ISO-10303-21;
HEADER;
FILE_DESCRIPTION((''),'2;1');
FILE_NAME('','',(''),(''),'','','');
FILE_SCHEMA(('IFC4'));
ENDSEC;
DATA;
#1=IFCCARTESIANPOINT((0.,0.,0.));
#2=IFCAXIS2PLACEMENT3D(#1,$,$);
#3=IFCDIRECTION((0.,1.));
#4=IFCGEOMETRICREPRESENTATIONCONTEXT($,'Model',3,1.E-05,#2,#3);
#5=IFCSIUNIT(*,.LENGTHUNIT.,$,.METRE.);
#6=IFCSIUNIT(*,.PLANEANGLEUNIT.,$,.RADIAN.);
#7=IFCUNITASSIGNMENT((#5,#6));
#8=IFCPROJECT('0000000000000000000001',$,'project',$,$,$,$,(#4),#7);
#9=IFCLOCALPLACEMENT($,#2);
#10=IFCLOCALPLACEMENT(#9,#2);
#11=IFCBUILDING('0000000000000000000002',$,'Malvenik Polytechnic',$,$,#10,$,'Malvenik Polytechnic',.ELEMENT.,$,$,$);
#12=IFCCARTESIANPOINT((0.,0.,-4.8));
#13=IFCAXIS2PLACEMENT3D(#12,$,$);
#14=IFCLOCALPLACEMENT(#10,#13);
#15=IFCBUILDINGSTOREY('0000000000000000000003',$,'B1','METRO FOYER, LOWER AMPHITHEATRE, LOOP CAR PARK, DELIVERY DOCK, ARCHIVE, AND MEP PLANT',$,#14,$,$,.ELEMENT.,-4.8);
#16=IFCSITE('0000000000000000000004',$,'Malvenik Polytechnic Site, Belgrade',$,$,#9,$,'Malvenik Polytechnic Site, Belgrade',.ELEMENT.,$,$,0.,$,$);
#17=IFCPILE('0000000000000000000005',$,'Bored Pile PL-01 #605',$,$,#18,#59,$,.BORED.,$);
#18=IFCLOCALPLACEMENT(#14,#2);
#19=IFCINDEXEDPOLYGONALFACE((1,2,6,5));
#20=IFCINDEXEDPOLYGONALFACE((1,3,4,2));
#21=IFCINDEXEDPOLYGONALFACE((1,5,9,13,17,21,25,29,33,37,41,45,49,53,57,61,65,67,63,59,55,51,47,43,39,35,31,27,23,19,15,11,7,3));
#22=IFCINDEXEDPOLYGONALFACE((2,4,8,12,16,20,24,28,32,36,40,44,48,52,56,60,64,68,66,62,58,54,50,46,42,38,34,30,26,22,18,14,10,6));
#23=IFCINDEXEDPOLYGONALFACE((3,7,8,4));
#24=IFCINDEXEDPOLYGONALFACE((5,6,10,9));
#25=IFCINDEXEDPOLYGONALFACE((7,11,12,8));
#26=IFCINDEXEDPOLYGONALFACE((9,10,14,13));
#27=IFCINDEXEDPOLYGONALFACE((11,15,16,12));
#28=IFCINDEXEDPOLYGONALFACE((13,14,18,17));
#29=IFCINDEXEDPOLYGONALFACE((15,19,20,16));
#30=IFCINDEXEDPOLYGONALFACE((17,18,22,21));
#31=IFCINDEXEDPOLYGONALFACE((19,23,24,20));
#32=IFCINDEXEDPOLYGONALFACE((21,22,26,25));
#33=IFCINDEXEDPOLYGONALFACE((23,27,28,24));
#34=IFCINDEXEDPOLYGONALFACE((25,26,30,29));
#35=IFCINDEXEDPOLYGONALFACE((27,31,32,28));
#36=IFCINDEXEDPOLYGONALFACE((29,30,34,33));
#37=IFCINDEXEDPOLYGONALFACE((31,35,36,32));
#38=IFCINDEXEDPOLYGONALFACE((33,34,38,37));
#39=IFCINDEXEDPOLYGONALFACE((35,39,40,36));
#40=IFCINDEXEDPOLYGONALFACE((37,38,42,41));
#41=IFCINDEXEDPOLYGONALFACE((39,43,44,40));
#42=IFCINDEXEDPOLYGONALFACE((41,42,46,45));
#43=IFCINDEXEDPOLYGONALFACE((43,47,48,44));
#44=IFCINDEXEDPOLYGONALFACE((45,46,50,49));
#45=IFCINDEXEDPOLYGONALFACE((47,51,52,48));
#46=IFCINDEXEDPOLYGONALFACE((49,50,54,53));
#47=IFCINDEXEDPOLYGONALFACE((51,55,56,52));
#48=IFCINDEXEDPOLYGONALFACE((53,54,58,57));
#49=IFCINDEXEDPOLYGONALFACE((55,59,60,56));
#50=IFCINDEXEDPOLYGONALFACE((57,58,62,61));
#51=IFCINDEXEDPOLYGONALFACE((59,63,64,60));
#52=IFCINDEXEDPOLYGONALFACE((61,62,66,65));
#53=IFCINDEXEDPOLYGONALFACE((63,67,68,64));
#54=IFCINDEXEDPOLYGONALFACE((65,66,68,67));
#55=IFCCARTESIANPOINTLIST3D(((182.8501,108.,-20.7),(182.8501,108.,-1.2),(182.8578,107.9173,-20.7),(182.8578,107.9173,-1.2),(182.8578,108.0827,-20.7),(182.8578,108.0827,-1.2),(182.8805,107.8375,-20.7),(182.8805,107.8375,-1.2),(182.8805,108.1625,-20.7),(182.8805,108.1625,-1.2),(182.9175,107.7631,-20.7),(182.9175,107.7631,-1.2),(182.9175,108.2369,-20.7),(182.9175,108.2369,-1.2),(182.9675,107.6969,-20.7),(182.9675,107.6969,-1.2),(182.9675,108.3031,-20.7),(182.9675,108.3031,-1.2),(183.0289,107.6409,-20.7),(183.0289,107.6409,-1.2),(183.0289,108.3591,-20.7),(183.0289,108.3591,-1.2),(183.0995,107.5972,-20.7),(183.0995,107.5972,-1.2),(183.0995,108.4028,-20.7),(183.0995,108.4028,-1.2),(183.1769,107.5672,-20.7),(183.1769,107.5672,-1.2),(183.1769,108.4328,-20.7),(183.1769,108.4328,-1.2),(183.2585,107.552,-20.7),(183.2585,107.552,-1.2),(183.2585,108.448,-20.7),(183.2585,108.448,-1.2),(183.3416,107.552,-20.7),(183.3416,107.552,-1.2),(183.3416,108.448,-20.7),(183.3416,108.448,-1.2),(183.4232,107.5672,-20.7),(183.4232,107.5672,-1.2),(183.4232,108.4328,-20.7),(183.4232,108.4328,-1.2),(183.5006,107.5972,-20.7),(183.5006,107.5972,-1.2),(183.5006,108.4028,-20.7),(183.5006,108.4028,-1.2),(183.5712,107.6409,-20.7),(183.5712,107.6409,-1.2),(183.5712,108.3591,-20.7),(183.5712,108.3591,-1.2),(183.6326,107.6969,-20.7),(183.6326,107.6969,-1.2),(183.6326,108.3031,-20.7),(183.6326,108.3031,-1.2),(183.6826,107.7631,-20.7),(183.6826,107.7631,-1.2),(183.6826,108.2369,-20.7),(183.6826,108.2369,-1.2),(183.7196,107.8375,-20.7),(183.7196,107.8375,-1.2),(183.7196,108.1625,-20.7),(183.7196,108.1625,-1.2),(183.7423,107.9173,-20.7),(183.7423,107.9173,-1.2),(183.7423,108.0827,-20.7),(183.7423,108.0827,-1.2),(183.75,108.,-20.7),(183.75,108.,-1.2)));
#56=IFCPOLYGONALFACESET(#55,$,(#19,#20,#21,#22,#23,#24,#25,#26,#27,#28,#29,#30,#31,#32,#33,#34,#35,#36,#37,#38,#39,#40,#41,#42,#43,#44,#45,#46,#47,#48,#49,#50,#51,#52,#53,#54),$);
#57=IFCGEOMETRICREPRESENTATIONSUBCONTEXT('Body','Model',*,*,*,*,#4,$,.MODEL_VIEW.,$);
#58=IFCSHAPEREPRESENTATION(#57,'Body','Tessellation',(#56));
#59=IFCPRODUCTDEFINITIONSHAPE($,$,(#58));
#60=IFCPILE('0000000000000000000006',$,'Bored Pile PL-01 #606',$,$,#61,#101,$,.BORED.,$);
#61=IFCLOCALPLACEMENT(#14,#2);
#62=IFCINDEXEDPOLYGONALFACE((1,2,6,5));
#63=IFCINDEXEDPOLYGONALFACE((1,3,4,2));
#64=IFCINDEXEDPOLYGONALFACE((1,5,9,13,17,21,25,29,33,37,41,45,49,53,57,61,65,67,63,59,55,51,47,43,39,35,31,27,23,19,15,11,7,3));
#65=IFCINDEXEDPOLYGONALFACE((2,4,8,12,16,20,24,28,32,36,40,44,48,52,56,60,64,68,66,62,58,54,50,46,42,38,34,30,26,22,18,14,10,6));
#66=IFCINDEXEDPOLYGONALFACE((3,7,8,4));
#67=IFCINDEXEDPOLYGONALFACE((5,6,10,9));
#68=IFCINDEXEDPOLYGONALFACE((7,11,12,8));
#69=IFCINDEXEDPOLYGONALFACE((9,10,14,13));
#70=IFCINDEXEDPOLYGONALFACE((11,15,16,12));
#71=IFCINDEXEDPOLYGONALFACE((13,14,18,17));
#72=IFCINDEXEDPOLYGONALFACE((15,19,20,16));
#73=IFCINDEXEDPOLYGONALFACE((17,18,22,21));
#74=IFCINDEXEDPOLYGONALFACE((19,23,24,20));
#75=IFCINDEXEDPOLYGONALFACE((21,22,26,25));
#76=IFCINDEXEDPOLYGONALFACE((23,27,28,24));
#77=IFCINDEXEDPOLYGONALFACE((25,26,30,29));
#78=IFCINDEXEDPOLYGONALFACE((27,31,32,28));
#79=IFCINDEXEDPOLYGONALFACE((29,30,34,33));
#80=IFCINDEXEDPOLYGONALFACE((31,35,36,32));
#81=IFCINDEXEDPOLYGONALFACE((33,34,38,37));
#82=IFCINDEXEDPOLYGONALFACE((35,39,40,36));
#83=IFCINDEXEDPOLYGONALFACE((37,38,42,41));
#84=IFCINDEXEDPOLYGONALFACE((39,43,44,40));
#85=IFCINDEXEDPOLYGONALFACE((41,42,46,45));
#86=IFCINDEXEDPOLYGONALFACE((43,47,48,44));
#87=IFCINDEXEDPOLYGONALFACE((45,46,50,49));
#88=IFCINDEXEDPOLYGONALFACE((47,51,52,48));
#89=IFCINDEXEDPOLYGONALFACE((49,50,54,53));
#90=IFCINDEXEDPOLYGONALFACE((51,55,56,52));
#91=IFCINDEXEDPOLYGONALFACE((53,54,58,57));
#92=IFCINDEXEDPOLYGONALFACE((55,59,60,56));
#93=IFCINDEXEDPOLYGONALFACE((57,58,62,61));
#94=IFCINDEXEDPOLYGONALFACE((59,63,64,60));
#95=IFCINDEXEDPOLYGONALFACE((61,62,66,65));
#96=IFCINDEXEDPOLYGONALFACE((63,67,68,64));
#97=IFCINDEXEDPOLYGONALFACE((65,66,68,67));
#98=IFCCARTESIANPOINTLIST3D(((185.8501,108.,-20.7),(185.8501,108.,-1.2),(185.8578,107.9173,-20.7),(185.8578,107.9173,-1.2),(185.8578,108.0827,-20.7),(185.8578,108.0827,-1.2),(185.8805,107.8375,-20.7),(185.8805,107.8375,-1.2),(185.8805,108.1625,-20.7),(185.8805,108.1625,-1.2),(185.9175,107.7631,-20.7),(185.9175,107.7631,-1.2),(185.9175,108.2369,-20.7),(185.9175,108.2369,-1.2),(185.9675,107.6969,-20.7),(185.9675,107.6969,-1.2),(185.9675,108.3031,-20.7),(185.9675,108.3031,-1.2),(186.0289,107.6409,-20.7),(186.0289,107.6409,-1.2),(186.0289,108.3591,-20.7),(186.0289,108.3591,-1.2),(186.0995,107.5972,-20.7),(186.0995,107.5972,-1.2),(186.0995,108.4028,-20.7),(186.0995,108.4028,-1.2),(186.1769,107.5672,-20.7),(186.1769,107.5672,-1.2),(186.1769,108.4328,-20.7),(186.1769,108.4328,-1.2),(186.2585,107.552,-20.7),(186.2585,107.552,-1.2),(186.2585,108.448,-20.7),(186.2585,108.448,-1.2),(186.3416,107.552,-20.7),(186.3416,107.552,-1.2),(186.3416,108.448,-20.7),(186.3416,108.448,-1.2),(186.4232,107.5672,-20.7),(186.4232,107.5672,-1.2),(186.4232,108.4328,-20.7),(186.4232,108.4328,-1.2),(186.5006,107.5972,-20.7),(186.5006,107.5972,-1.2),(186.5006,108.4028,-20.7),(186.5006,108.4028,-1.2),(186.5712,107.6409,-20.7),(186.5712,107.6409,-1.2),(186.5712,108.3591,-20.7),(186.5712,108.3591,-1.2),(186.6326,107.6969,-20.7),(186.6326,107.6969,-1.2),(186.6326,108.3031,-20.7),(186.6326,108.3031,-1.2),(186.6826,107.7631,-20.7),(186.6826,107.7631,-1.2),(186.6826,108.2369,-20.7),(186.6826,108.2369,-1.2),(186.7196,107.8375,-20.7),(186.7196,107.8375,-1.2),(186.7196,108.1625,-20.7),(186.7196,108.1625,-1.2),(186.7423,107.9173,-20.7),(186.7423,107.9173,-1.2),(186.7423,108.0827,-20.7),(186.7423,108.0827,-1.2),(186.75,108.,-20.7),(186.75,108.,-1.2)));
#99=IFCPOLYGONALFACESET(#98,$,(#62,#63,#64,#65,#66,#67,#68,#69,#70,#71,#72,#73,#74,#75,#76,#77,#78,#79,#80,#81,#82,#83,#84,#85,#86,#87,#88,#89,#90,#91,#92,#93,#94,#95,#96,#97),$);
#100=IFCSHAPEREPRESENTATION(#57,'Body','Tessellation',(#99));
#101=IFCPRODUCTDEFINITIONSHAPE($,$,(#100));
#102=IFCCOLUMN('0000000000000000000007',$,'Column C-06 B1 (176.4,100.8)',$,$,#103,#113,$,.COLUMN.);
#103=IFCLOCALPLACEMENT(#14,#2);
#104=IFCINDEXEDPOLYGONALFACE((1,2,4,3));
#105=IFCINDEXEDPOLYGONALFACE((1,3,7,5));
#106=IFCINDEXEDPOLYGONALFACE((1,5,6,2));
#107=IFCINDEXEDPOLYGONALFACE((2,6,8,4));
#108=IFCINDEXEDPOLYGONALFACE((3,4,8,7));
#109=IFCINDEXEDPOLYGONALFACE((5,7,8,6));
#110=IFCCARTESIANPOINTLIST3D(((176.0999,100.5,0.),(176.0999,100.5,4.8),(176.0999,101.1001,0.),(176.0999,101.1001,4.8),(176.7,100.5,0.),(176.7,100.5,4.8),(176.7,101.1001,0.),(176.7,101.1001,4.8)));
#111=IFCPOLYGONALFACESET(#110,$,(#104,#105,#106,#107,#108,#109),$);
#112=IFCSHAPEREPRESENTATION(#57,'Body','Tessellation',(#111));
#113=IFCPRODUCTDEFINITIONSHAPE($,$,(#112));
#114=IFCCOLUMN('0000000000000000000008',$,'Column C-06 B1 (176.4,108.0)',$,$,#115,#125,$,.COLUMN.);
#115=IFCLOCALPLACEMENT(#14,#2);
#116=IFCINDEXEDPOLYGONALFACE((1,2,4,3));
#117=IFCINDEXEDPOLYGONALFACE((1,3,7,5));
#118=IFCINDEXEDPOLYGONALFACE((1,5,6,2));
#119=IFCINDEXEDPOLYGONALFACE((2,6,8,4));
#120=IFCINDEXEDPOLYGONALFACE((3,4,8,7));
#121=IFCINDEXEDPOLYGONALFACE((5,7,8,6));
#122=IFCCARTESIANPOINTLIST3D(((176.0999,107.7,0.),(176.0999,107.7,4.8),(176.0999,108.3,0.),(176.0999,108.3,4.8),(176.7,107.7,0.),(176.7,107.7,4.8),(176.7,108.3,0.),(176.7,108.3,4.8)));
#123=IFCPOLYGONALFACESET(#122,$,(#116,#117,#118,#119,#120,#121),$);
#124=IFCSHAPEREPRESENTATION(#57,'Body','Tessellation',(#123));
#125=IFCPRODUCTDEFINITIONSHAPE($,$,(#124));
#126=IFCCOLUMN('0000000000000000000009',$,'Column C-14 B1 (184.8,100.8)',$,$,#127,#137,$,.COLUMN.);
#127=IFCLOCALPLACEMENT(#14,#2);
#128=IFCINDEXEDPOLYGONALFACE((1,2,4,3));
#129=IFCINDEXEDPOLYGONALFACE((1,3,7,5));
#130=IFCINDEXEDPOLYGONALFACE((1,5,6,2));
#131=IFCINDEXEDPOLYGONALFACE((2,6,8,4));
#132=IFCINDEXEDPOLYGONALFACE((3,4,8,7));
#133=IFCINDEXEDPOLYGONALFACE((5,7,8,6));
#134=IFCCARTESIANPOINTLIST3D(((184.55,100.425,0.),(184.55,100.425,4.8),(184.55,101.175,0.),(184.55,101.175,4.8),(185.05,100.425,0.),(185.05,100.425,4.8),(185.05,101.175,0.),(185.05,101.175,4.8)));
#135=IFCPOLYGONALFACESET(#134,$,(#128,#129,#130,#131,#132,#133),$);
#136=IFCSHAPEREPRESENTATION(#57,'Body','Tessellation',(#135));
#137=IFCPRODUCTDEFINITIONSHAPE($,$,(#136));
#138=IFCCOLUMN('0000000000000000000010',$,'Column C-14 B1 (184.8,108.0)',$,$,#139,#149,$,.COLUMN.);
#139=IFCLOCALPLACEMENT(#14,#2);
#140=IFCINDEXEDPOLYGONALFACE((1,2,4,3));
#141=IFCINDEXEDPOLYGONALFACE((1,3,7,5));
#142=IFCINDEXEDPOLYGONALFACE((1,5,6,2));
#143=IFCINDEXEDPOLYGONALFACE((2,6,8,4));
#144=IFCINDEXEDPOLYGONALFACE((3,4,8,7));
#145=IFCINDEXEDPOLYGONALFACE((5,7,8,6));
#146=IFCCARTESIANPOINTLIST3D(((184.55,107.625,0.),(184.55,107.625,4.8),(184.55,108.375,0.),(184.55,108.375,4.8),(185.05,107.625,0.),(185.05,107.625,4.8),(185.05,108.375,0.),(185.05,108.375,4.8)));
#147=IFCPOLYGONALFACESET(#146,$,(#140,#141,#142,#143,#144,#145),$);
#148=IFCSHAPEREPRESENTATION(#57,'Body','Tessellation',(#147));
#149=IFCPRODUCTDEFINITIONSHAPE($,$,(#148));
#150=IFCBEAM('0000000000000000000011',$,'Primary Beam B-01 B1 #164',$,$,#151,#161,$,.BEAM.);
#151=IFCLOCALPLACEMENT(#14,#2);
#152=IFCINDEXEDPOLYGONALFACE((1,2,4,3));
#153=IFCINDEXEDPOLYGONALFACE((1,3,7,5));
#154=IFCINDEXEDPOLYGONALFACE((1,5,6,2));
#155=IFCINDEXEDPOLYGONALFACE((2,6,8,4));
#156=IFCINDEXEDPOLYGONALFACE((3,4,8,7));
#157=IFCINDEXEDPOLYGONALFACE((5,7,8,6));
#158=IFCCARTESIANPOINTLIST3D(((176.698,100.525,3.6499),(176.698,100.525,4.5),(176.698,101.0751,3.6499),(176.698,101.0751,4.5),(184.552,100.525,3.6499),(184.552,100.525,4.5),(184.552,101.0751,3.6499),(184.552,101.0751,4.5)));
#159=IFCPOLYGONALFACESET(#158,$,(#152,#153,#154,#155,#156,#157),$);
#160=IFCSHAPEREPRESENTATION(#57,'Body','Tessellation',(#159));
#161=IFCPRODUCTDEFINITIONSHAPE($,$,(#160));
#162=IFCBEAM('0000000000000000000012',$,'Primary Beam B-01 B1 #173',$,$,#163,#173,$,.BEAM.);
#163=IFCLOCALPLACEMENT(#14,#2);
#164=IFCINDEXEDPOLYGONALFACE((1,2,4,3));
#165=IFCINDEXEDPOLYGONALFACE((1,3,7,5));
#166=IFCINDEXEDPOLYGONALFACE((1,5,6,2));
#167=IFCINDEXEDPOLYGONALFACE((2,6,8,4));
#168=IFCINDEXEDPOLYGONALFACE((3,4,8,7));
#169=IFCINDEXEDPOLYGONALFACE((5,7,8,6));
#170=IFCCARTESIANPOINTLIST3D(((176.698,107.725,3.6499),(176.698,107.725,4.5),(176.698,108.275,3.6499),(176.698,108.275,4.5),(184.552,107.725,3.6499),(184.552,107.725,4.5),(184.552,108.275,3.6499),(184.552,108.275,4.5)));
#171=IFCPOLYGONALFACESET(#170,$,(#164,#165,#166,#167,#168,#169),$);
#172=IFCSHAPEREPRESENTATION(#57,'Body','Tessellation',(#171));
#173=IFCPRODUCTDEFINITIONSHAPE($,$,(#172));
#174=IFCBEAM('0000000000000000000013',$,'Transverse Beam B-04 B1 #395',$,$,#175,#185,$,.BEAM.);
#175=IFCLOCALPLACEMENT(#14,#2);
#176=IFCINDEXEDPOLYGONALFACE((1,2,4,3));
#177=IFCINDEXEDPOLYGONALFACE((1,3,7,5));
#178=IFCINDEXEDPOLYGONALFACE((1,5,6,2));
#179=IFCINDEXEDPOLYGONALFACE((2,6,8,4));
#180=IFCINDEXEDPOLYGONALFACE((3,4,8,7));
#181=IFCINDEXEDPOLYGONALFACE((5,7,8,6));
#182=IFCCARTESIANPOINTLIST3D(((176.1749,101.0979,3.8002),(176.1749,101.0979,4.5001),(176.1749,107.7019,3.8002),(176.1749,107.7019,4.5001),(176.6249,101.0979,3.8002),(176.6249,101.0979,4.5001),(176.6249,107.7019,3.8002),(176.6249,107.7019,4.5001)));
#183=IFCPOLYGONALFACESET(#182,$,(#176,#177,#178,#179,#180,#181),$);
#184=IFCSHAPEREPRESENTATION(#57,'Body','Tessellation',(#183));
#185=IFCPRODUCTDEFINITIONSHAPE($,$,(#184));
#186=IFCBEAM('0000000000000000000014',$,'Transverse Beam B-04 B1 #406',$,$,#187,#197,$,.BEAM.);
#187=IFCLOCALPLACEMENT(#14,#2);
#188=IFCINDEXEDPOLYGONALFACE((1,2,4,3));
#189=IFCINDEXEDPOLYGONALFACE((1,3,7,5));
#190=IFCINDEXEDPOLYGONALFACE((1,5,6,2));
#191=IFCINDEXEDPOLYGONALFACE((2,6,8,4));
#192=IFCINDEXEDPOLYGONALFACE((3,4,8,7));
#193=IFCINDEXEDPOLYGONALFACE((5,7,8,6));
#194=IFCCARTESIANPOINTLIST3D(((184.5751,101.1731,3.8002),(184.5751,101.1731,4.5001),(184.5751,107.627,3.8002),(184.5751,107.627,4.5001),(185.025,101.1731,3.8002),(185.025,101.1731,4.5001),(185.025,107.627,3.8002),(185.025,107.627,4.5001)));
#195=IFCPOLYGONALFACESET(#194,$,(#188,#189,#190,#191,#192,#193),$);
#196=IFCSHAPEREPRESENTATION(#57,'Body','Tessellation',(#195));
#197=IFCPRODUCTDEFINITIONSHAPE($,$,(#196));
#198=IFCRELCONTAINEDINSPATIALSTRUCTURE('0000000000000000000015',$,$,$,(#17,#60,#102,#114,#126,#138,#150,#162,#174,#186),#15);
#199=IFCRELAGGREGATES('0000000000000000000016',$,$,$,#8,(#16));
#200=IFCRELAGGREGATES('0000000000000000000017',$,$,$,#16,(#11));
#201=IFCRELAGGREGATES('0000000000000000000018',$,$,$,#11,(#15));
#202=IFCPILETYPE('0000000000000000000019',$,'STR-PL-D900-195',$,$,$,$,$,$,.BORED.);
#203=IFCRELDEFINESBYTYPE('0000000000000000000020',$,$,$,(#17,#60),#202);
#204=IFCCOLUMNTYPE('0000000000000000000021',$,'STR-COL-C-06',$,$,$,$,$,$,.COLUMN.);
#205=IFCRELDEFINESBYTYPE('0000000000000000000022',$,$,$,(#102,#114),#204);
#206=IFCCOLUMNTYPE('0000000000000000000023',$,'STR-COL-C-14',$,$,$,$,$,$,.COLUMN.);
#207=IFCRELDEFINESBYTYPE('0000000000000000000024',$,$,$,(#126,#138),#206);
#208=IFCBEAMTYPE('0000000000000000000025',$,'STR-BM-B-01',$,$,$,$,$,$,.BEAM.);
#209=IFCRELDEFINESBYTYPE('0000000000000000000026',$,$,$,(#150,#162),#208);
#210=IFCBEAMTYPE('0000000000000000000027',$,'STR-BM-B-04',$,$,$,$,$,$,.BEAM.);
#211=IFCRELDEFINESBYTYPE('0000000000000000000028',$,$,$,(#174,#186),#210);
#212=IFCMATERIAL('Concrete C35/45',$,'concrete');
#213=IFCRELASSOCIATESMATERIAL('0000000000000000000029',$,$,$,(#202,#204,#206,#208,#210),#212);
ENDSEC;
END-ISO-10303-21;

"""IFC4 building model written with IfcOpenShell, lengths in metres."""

from ifc_helpers import new_model, si_unit, direction, frame, origin, origin_2d, place, context, subcontext, project, spatial, rectangle, circle, extrude, material, material_profile, profile_set, type_object, element, save


model = new_model("IFC4")

# Units and contexts
model_context = context("Model", 3, precision=1e-05, world=origin(), true_north=direction((0.0, 1.0)))
body_context = subcontext(model_context, "Body", "Model", "MODEL_VIEW")
ifc_project = project(units=[si_unit("LENGTHUNIT", "METRE"), si_unit("PLANEANGLEUNIT", "RADIAN")], contexts=[model_context])

# Site, building, storey
site_placement = place(None, origin())
site = spatial("IfcSite", under=ifc_project, at=site_placement, Name="Malvenik Polytechnic Site, Belgrade", LongName="Malvenik Polytechnic Site, Belgrade", CompositionType="ELEMENT", RefElevation=0.0)
building_placement = place(site_placement, origin())
building = spatial("IfcBuilding", under=site, at=building_placement, Name="Malvenik Polytechnic", LongName="Malvenik Polytechnic", CompositionType="ELEMENT")
storey_placement = place(building_placement, frame((0.0, 0.0, -4.8)))
storey = spatial("IfcBuildingStorey", under=building, at=storey_placement, Name="B1", Description="METRO FOYER, LOWER AMPHITHEATRE, LOOP CAR PARK, DELIVERY DOCK, ARCHIVE, AND MEP PLANT", CompositionType="ELEMENT", Elevation=-4.8)

# Shared definitions
ifc_material_1 = material(Name="Concrete C35/45", Category="concrete")

# Piles
ifc_material_profile_1 = material_profile(ifc_material_1, circle(Radius=0.45, at=origin_2d()), Name="BORED PILE D900")
ifc_profile_set_1 = profile_set([ifc_material_profile_1], Name="Concrete C35/45")
pile_type = type_object("IfcPileType", Name="STR-PL-D900-195", PredefinedType="BORED", material=ifc_profile_set_1)
for number, where, z_axis, x_axis, name in (
    (1, (183.3, 108.0, -1.2), (0.0, 0.0, -1.0), (1.0, 0.0, 0.0), "Bored Pile PL-01 #605"),
    (2, (186.3, 108.0, -1.2), (0.0, 0.0, -1.0), (1.0, 0.0, 0.0), "Bored Pile PL-01 #606"),
):
    element("IfcPile", number, at=place(storey_placement, frame(where, z_axis=z_axis, x_axis=x_axis)), inside=storey, type_object=pile_type, Name=name, PredefinedType="BORED", context=body_context, shape_type="SweptSolid", body=[
        extrude(circle(Radius=0.45, at=origin_2d()), origin(), (0.0, 0.0, 1.0), 19.5),
    ])

# Columns
ifc_material_profile_2 = material_profile(ifc_material_1, rectangle(XDim=0.6001, YDim=0.6001, at=origin_2d()), Name="RC COL 600x600")
ifc_profile_set_2 = profile_set([ifc_material_profile_2], Name="Concrete C35/45")
column_type_1 = type_object("IfcColumnType", Name="STR-COL-C-06", PredefinedType="COLUMN", material=ifc_profile_set_2)
for number, where, z_axis, x_axis, name in (
    (3, (176.3999, 100.8, 0.0), (0.0, 0.0, 1.0), (1.0, 0.0, 0.0), "Column C-06 B1 (176.4,100.8)"),
    (4, (176.3999, 108.0, 0.0), (0.0, 0.0, 1.0), (1.0, 0.0, 0.0), "Column C-06 B1 (176.4,108.0)"),
):
    element("IfcColumn", number, at=place(storey_placement, frame(where, z_axis=z_axis, x_axis=x_axis)), inside=storey, type_object=column_type_1, Name=name, PredefinedType="COLUMN", context=body_context, shape_type="SweptSolid", body=[
        extrude(rectangle(XDim=0.6001, YDim=0.6001, at=origin_2d()), origin(), (0.0, 0.0, 1.0), 4.8),
    ])
ifc_material_profile_3 = material_profile(ifc_material_1, rectangle(XDim=0.5, YDim=0.75, at=origin_2d()), Name="RC COL 750x500")
ifc_profile_set_3 = profile_set([ifc_material_profile_3], Name="Concrete C35/45")
column_type_2 = type_object("IfcColumnType", Name="STR-COL-C-14", PredefinedType="COLUMN", material=ifc_profile_set_3)
for number, where, z_axis, x_axis, name in (
    (5, (184.8, 100.8, 0.0), (0.0, 0.0, 1.0), (1.0, 0.0, 0.0), "Column C-14 B1 (184.8,100.8)"),
    (6, (184.8, 108.0, 0.0), (0.0, 0.0, 1.0), (1.0, 0.0, 0.0), "Column C-14 B1 (184.8,108.0)"),
):
    element("IfcColumn", number, at=place(storey_placement, frame(where, z_axis=z_axis, x_axis=x_axis)), inside=storey, type_object=column_type_2, Name=name, PredefinedType="COLUMN", context=body_context, shape_type="SweptSolid", body=[
        extrude(rectangle(XDim=0.5, YDim=0.75, at=origin_2d()), origin(), (0.0, 0.0, 1.0), 4.8),
    ])

# Beams
ifc_material_profile_4 = material_profile(ifc_material_1, rectangle(XDim=0.55, YDim=0.8501, at=origin_2d()), Name="RC BM 550x850")
ifc_profile_set_4 = profile_set([ifc_material_profile_4], Name="Concrete C35/45")
beam_type_1 = type_object("IfcBeamType", Name="STR-BM-B-01", PredefinedType="BEAM", material=ifc_profile_set_4)
for number, where, z_axis, x_axis, name in (
    (7, (176.698, 100.8, 4.075), (1.0, 0.0, 0.0), (0.0, 1.0, 0.0), "Primary Beam B-01 B1 #164"),
    (8, (176.698, 108.0, 4.075), (1.0, 0.0, 0.0), (0.0, 1.0, 0.0), "Primary Beam B-01 B1 #173"),
):
    element("IfcBeam", number, at=place(storey_placement, frame(where, z_axis=z_axis, x_axis=x_axis)), inside=storey, type_object=beam_type_1, Name=name, PredefinedType="BEAM", context=body_context, shape_type="SweptSolid", body=[
        extrude(rectangle(XDim=0.55, YDim=0.8501, at=origin_2d()), origin(), (0.0, 0.0, 1.0), 7.854),
    ])
ifc_material_profile_5 = material_profile(ifc_material_1, rectangle(XDim=0.45, YDim=0.7, at=origin_2d()), Name="RC BM 450x700")
ifc_profile_set_5 = profile_set([ifc_material_profile_5], Name="Concrete C35/45")
beam_type_2 = type_object("IfcBeamType", Name="STR-BM-B-04", PredefinedType="BEAM", material=ifc_profile_set_5)
beam_1_placement = place(storey_placement, frame((176.3999, 101.0979, 4.1501), z_axis=(0.0, 1.0, 0.0), x_axis=(-1.0, 0.0, 0.0)))
element("IfcBeam", 9, at=beam_1_placement, inside=storey, type_object=beam_type_2, Name="Transverse Beam B-04 B1 #395", PredefinedType="BEAM", context=body_context, shape_type="SweptSolid", body=[
    extrude(rectangle(XDim=0.45, YDim=0.7, at=origin_2d()), origin(), (0.0, 0.0, 1.0), 6.604),
])
beam_2_placement = place(storey_placement, frame((184.8, 101.1731, 4.1501), z_axis=(0.0, 1.0, 0.0), x_axis=(-1.0, 0.0, 0.0)))
element("IfcBeam", 10, at=beam_2_placement, inside=storey, type_object=beam_type_2, Name="Transverse Beam B-04 B1 #406", PredefinedType="BEAM", context=body_context, shape_type="SweptSolid", body=[
    extrude(rectangle(XDim=0.45, YDim=0.7, at=origin_2d()), origin(), (0.0, 0.0, 1.0), 6.4539),
])

save(model, "model.ifc")
